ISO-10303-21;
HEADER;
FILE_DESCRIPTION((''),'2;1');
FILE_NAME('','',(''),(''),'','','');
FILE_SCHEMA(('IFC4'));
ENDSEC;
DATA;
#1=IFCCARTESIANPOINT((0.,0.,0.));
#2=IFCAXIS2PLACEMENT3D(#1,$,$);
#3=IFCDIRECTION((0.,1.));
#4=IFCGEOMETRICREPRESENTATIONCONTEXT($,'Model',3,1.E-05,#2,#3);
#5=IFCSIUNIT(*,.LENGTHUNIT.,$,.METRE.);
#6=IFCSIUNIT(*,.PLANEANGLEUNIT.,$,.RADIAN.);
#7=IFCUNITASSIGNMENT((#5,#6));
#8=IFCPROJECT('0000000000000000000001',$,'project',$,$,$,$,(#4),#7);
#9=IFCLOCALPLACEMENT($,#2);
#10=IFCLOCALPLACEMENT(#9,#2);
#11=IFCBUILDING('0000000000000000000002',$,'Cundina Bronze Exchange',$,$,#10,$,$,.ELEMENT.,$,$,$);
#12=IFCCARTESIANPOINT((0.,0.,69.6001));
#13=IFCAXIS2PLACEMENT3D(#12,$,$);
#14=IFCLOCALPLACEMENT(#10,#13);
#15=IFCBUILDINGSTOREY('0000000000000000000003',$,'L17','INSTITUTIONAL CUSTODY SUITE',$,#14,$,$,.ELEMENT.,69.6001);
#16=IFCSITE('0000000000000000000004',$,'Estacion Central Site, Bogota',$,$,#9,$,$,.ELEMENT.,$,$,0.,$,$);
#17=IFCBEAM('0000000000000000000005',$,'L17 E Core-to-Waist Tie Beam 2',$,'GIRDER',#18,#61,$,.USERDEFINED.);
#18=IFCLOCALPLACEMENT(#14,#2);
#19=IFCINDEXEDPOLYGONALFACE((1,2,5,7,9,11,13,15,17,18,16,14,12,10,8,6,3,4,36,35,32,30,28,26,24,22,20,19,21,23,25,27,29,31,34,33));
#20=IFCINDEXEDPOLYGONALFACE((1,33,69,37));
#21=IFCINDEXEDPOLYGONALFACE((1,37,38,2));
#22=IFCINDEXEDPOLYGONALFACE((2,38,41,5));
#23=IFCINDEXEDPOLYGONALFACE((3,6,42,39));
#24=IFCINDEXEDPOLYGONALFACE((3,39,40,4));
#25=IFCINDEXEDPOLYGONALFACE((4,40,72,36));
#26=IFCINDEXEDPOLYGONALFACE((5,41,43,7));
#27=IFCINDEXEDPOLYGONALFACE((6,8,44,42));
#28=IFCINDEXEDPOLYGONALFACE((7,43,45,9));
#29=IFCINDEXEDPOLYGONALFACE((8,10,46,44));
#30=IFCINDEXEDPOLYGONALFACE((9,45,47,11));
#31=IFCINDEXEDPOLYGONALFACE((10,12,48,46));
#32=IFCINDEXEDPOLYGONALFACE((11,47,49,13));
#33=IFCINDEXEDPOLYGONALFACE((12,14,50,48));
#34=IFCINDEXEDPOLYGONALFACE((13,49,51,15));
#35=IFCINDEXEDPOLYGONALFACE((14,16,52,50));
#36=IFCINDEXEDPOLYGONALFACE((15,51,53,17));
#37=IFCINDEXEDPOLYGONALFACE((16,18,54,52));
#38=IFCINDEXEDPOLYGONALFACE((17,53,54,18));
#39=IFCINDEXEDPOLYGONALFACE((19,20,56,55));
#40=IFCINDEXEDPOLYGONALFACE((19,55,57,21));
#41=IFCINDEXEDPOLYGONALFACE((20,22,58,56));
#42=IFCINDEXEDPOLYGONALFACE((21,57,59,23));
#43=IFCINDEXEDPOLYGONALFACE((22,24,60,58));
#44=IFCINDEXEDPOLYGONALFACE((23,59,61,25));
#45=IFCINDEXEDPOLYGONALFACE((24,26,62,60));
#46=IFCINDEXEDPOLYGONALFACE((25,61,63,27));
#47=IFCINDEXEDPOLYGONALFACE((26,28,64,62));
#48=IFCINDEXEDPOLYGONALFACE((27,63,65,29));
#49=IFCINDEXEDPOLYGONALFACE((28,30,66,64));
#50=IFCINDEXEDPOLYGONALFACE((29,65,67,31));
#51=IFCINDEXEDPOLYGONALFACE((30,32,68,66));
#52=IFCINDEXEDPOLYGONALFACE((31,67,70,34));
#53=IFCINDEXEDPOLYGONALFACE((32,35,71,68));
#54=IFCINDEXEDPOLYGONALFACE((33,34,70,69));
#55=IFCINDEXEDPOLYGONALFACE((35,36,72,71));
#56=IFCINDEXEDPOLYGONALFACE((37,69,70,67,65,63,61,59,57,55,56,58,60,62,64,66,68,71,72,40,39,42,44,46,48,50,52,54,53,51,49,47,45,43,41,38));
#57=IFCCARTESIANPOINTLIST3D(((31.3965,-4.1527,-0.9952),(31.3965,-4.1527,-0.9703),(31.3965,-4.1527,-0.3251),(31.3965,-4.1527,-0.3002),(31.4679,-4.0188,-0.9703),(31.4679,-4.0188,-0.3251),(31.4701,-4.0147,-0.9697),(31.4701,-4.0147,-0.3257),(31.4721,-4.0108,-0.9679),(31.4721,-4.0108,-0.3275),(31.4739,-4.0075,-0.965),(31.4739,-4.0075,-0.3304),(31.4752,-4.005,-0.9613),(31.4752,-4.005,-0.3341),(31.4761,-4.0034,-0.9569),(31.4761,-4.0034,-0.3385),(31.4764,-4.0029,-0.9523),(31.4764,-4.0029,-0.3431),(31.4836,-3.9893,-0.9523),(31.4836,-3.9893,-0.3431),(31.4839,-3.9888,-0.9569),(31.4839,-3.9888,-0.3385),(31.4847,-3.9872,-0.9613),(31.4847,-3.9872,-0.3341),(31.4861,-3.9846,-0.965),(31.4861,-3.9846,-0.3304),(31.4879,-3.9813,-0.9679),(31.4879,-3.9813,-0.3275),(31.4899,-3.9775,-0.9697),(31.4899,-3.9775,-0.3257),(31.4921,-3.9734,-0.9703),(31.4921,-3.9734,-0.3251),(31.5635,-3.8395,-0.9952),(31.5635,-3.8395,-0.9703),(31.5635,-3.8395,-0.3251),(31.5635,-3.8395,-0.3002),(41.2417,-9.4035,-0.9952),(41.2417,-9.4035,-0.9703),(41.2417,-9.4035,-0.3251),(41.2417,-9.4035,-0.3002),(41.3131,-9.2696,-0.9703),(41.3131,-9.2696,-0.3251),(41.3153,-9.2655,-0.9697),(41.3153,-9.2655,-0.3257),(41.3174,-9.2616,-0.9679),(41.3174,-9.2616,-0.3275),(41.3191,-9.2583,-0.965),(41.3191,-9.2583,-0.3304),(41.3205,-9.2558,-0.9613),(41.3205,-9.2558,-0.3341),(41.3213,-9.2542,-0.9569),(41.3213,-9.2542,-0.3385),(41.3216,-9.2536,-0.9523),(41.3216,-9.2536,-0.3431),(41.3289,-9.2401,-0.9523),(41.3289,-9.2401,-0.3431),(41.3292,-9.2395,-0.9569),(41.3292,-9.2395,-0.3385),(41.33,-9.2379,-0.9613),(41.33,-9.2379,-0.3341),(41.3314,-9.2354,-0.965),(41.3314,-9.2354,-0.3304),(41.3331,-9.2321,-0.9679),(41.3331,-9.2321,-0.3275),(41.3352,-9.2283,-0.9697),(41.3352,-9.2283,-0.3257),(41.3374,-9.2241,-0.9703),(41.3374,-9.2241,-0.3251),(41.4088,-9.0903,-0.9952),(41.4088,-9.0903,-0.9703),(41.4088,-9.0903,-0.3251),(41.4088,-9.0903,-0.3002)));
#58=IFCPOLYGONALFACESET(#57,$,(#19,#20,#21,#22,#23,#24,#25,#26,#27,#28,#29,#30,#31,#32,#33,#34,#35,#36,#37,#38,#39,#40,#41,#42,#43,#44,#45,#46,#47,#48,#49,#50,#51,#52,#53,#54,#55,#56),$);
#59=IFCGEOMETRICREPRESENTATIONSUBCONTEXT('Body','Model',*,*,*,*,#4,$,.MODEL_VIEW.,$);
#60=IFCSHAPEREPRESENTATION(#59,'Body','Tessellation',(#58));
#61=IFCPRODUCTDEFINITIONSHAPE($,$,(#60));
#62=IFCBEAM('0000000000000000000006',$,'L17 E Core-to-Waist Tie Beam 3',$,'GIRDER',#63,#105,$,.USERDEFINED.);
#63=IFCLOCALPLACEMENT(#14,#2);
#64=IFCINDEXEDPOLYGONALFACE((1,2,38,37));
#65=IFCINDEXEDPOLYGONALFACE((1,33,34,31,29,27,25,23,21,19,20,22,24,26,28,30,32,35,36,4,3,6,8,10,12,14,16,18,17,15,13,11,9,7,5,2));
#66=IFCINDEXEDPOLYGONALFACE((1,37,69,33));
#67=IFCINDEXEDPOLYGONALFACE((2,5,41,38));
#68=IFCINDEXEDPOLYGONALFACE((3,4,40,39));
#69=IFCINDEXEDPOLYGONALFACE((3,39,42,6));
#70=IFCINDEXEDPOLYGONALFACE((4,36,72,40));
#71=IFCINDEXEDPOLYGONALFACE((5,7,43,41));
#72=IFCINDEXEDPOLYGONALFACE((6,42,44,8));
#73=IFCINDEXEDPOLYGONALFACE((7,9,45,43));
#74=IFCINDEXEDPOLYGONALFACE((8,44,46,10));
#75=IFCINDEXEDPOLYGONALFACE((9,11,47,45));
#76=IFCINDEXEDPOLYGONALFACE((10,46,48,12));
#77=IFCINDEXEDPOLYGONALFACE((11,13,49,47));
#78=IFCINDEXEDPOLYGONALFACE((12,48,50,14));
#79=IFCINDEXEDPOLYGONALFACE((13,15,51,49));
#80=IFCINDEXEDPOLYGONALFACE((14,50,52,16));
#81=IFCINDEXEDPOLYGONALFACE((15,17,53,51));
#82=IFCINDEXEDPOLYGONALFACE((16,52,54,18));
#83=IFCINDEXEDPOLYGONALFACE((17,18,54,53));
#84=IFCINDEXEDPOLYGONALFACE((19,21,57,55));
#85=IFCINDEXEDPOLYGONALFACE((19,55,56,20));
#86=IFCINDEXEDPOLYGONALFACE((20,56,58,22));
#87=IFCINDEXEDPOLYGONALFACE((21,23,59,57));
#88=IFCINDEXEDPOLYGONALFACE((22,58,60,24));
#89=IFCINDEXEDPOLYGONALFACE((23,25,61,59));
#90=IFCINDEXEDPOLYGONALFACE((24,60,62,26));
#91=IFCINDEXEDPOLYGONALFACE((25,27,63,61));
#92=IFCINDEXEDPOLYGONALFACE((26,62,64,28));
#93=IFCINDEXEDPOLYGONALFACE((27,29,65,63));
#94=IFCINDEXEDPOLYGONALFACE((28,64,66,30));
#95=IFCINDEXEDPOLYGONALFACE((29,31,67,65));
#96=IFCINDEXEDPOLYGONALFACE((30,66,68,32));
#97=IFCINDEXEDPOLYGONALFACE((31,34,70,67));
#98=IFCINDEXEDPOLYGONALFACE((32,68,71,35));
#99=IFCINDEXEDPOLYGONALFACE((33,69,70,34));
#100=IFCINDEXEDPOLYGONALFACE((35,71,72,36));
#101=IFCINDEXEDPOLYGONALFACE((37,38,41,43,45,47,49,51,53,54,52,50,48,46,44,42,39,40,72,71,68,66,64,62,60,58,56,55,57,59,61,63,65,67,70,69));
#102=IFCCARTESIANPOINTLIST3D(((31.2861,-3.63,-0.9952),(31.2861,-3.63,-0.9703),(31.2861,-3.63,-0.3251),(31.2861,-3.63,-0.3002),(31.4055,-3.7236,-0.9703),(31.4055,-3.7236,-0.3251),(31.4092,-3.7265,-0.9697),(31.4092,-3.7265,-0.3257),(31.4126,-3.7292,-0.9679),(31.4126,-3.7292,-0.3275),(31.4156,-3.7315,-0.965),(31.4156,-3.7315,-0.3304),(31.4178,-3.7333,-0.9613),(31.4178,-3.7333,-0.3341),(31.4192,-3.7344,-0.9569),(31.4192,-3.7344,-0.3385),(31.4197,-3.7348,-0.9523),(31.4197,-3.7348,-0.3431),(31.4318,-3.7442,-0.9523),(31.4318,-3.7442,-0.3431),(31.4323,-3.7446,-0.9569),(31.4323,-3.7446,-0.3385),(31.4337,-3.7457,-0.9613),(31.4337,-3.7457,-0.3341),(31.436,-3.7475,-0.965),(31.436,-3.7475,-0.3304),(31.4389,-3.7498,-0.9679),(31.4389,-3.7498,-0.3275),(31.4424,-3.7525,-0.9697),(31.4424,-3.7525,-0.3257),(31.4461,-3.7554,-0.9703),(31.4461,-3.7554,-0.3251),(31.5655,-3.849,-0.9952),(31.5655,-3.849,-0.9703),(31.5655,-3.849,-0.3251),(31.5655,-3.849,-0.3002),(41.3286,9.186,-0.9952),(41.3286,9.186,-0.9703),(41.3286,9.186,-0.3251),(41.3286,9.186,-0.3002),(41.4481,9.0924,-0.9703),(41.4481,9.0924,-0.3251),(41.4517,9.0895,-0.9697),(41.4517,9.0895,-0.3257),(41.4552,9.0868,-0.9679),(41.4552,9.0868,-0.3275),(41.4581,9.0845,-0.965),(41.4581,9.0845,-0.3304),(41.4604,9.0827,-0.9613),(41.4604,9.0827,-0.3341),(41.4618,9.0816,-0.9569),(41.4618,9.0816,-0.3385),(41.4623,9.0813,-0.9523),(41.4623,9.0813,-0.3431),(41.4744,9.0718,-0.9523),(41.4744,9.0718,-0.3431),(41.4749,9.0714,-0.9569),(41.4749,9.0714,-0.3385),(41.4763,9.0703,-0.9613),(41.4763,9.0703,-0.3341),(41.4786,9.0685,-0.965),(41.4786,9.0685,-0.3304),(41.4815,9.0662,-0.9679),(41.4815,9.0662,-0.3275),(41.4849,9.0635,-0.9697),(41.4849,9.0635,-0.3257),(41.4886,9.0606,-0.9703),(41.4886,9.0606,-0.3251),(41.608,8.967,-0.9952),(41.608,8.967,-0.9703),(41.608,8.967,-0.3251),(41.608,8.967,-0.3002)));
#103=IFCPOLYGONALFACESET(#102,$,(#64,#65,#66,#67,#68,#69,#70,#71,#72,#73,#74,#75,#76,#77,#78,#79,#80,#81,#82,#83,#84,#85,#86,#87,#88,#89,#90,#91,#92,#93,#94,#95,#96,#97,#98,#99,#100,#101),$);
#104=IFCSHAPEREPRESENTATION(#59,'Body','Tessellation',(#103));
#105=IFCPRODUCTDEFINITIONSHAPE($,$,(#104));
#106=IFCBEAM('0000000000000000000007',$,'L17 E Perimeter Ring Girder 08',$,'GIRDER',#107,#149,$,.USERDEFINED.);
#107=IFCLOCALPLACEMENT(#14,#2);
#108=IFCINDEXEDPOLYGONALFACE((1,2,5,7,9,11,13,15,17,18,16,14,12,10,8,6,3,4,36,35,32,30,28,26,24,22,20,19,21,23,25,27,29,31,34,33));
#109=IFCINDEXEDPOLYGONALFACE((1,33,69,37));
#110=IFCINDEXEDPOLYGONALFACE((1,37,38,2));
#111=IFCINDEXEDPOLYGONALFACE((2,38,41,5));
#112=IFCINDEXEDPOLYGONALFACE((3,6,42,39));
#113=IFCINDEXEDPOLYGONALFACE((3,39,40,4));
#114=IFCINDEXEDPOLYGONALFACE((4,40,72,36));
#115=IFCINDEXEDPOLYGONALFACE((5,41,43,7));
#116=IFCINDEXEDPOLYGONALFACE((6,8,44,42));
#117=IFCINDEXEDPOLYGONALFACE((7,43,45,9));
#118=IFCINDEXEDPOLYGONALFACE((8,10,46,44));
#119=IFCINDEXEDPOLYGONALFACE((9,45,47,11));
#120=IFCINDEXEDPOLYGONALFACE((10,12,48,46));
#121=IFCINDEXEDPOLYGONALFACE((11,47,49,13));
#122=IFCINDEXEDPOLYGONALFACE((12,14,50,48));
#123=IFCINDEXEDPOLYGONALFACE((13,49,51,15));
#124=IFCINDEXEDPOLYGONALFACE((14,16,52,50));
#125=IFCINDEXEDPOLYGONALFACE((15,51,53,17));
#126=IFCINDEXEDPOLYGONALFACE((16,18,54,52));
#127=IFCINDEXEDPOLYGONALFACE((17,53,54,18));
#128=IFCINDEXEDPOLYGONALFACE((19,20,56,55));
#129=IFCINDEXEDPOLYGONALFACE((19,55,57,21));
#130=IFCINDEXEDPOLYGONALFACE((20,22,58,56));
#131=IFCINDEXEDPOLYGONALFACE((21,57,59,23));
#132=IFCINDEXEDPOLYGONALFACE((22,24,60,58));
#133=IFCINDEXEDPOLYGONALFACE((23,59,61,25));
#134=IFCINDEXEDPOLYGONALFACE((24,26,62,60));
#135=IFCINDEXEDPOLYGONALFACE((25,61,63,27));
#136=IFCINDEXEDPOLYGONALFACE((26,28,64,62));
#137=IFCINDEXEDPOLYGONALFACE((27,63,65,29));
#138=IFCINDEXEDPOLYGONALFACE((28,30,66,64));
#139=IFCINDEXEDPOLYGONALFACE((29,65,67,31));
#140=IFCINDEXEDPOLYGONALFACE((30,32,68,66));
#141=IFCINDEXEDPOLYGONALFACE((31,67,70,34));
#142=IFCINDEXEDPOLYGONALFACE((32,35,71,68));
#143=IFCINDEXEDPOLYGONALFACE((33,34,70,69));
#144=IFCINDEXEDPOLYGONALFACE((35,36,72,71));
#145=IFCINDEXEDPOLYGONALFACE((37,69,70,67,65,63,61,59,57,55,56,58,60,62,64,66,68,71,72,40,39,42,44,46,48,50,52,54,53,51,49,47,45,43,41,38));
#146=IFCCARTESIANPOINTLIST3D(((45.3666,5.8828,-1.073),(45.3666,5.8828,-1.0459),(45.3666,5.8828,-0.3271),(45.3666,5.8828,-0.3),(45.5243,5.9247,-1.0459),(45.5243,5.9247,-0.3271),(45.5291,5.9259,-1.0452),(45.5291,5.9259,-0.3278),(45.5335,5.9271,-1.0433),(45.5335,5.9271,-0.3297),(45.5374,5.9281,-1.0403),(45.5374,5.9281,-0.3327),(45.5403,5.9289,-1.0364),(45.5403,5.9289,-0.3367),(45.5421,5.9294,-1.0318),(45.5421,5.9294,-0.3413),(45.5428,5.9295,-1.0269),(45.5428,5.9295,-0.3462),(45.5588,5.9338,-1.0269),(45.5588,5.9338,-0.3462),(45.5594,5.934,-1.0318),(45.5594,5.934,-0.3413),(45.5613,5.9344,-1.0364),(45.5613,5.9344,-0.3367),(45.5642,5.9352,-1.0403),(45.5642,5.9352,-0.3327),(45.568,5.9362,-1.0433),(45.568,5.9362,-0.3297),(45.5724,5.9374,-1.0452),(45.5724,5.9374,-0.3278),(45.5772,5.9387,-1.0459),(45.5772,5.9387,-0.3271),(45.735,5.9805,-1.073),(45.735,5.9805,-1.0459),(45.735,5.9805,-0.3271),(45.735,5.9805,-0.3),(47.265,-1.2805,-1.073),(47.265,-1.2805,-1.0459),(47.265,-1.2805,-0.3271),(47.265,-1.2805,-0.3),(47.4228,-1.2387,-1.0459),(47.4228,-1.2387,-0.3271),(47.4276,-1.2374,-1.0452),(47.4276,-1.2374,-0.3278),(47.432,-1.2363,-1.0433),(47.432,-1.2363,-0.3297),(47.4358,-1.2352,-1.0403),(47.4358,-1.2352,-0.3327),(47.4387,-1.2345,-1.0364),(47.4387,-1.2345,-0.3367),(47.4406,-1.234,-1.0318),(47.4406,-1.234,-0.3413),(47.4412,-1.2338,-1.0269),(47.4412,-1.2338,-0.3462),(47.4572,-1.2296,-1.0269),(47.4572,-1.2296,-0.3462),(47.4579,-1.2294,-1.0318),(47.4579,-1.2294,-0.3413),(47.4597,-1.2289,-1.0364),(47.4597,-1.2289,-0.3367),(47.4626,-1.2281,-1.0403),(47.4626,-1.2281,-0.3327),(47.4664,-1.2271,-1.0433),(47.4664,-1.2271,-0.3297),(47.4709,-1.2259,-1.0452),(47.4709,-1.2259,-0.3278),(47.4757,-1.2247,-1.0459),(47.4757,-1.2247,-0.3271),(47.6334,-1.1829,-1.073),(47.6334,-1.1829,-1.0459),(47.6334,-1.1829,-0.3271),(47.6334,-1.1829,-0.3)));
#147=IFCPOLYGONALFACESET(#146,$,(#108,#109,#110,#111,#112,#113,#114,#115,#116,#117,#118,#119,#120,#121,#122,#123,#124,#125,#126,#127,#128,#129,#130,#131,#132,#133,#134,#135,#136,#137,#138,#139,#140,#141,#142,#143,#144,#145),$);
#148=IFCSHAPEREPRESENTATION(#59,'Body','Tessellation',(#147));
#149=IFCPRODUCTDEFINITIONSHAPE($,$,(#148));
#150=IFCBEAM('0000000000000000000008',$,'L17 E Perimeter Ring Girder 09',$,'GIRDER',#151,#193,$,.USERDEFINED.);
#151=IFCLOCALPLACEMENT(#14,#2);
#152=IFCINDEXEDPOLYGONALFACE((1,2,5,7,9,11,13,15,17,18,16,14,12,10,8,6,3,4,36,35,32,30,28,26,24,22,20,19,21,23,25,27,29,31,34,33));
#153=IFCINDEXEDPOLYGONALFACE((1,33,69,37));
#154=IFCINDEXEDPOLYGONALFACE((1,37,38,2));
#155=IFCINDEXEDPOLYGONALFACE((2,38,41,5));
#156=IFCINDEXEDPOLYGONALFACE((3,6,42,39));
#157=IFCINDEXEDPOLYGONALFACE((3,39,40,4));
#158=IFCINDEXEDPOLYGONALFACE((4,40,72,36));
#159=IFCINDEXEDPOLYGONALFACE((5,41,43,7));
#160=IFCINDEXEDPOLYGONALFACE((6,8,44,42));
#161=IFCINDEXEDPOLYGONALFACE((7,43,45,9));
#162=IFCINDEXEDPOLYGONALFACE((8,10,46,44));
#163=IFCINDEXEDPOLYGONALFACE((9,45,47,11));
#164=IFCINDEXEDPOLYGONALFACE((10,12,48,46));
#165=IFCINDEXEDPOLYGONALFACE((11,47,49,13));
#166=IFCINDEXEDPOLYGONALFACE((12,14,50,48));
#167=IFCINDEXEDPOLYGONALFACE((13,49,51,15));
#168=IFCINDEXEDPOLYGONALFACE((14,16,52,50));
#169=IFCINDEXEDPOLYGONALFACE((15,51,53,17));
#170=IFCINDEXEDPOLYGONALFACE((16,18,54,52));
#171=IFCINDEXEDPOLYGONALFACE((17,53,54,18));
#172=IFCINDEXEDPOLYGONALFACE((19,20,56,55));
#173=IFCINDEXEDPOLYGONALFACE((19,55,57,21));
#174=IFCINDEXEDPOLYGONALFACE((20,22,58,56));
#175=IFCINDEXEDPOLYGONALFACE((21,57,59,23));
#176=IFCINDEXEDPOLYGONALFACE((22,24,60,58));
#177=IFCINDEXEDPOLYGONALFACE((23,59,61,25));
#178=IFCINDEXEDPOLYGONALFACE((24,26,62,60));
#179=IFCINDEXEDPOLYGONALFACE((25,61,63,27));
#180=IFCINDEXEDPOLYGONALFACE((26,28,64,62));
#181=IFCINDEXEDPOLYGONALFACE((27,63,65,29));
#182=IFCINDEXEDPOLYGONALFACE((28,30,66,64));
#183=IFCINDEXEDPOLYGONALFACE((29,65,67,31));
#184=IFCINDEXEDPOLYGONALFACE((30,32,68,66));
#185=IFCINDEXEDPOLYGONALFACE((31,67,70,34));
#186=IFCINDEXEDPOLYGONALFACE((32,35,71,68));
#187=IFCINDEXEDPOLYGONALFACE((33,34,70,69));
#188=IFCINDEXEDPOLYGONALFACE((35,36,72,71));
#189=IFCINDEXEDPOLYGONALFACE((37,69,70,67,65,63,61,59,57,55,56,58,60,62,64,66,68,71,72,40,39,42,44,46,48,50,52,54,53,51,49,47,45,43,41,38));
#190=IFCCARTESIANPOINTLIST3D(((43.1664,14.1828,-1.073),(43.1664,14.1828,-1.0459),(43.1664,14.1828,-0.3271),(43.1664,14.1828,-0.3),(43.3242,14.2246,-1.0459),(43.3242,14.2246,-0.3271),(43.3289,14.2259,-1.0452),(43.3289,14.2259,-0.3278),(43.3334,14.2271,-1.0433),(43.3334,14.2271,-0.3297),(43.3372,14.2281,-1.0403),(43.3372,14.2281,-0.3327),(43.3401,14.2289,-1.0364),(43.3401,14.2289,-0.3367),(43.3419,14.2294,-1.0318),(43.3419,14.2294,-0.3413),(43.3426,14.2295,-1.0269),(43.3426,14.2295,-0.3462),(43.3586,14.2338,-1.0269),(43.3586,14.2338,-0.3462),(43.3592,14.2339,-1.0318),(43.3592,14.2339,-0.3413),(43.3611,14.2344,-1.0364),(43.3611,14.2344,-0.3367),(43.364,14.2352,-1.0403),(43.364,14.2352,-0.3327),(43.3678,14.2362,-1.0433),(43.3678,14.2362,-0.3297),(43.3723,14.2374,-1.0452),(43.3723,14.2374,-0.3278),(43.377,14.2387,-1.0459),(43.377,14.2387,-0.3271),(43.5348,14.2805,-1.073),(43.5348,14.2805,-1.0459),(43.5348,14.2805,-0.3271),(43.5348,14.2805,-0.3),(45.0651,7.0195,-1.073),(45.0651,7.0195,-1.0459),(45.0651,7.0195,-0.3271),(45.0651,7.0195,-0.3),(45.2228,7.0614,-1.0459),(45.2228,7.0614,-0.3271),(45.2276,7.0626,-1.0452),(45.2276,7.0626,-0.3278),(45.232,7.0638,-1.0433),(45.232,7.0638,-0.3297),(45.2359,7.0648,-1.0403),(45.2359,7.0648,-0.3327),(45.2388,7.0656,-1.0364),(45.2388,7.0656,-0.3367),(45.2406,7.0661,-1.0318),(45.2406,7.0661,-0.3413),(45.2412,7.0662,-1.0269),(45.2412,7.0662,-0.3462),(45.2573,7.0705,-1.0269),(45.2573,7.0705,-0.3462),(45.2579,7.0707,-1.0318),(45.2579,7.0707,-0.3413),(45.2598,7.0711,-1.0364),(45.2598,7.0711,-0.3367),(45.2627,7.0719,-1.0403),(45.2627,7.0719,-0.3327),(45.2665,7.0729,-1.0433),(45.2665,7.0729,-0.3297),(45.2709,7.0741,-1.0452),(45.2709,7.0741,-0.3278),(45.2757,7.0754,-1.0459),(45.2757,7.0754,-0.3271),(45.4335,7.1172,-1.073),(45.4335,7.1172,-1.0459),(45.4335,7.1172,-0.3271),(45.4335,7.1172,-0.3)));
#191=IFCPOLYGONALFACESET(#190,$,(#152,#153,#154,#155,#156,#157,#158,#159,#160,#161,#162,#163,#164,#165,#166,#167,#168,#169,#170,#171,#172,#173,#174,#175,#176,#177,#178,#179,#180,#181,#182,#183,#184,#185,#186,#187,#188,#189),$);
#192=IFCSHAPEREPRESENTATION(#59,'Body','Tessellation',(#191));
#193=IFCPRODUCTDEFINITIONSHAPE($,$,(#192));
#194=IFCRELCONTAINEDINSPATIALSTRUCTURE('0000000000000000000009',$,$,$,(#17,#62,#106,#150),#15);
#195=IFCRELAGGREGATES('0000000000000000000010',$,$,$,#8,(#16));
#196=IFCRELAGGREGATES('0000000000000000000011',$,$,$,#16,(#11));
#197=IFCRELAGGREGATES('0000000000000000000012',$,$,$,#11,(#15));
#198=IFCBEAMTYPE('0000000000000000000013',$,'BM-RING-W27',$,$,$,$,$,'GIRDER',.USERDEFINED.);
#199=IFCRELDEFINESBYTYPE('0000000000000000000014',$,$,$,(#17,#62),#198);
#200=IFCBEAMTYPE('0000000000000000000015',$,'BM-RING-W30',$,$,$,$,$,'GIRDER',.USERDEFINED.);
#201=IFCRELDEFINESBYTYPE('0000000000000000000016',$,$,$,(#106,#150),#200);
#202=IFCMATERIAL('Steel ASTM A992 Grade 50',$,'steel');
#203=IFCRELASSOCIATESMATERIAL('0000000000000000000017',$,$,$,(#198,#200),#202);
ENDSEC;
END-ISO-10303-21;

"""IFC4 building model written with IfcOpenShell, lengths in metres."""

from ifc_helpers import new_model, si_unit, direction, frame, origin, origin_2d, place, context, subcontext, project, spatial, i_section, extrude, material, material_profile, profile_set, type_object, element, save


model = new_model("IFC4")

# Units and contexts
model_context = context("Model", 3, precision=1e-05, world=origin(), true_north=direction((0.0, 1.0)))
body_context = subcontext(model_context, "Body", "Model", "MODEL_VIEW")
ifc_project = project(units=[si_unit("LENGTHUNIT", "METRE"), si_unit("PLANEANGLEUNIT", "RADIAN")], contexts=[model_context])

# Site, building, storey
site_placement = place(None, origin())
site = spatial("IfcSite", under=ifc_project, at=site_placement, Name="Estacion Central Site, Bogota", CompositionType="ELEMENT", RefElevation=0.0)
building_placement = place(site_placement, origin())
building = spatial("IfcBuilding", under=site, at=building_placement, Name="Cundina Bronze Exchange", CompositionType="ELEMENT")
storey_placement = place(building_placement, frame((0.0, 0.0, 69.6001)))
storey = spatial("IfcBuildingStorey", under=building, at=storey_placement, Name="L17", Description="INSTITUTIONAL CUSTODY SUITE", CompositionType="ELEMENT", Elevation=69.6001)

# Shared definitions
ifc_material_1 = material(Name="Steel ASTM A992 Grade 50", Category="steel")

# Beams
ifc_material_profile_1 = material_profile(ifc_material_1, i_section(OverallWidth=0.355, OverallDepth=0.6951, WebThickness=0.0154, FlangeThickness=0.0249, FilletRadius=0.0181, at=origin_2d()), Name="W27X146", Category="steel")
ifc_profile_set_1 = profile_set([ifc_material_profile_1], Name="Steel ASTM A992 Grade 50")
beam_type_1 = type_object("IfcBeamType", Name="BM-RING-W27", ElementType="GIRDER", PredefinedType="USERDEFINED", material=ifc_profile_set_1)
beam_1_placement = place(storey_placement, frame((31.48, -3.9961, -0.6477), z_axis=(0.882355, -0.470585, 0.0), x_axis=(0.470585, 0.882355, 0.0)))
element("IfcBeam", 1, at=beam_1_placement, inside=storey, type_object=beam_type_1, Name="L17 E Core-to-Waist Tie Beam 2", ObjectType="GIRDER", PredefinedType="USERDEFINED", context=body_context, shape_type="SweptSolid", body=[
    extrude(i_section(OverallWidth=0.355, OverallDepth=0.6951, WebThickness=0.0154, FlangeThickness=0.0249, FilletRadius=0.0181, at=origin_2d()), origin(), (0.0, 0.0, 1.0), 11.158),
])
beam_2_placement = place(storey_placement, frame((31.4258, -3.7395, -0.6477), z_axis=(0.616789, 0.787128, 0.0), x_axis=(-0.787128, 0.616789, 0.0)))
element("IfcBeam", 2, at=beam_2_placement, inside=storey, type_object=beam_type_1, Name="L17 E Core-to-Waist Tie Beam 3", ObjectType="GIRDER", PredefinedType="USERDEFINED", context=body_context, shape_type="SweptSolid", body=[
    extrude(i_section(OverallWidth=0.355, OverallDepth=0.6951, WebThickness=0.0154, FlangeThickness=0.0249, FilletRadius=0.0181, at=origin_2d()), origin(), (0.0, 0.0, 1.0), 16.282),
])
ifc_material_profile_2 = material_profile(ifc_material_1, i_section(OverallWidth=0.3811, OverallDepth=0.7729, WebThickness=0.0166, FlangeThickness=0.0271, FilletRadius=0.019, at=origin_2d()), Name="W30X173", Category="steel")
ifc_profile_set_2 = profile_set([ifc_material_profile_2], Name="Steel ASTM A992 Grade 50")
beam_type_2 = type_object("IfcBeamType", Name="BM-RING-W30", ElementType="GIRDER", PredefinedType="USERDEFINED", material=ifc_profile_set_2)
for number, where, z_axis, x_axis, name in (
    (3, (47.4492, -1.2317, -0.6865), (-0.256178, 0.96663, 0.0), (-0.96663, -0.256178, 0.0), "L17 E Perimeter Ring Girder 08"),
    (4, (45.2493, 7.0684, -0.6865), (-0.256209, 0.966622, 0.0), (-0.966622, -0.256209, 0.0), "L17 E Perimeter Ring Girder 09"),
):
    element("IfcBeam", number, at=place(storey_placement, frame(where, z_axis=z_axis, x_axis=x_axis)), inside=storey, type_object=beam_type_2, Name=name, ObjectType="GIRDER", PredefinedType="USERDEFINED", context=body_context, shape_type="SweptSolid", body=[
        extrude(i_section(OverallWidth=0.3811, OverallDepth=0.7729, WebThickness=0.0166, FlangeThickness=0.0271, FilletRadius=0.019, at=origin_2d()), origin(), (0.0, 0.0, 1.0), 7.4106),
    ])

save(model, "model.ifc")
